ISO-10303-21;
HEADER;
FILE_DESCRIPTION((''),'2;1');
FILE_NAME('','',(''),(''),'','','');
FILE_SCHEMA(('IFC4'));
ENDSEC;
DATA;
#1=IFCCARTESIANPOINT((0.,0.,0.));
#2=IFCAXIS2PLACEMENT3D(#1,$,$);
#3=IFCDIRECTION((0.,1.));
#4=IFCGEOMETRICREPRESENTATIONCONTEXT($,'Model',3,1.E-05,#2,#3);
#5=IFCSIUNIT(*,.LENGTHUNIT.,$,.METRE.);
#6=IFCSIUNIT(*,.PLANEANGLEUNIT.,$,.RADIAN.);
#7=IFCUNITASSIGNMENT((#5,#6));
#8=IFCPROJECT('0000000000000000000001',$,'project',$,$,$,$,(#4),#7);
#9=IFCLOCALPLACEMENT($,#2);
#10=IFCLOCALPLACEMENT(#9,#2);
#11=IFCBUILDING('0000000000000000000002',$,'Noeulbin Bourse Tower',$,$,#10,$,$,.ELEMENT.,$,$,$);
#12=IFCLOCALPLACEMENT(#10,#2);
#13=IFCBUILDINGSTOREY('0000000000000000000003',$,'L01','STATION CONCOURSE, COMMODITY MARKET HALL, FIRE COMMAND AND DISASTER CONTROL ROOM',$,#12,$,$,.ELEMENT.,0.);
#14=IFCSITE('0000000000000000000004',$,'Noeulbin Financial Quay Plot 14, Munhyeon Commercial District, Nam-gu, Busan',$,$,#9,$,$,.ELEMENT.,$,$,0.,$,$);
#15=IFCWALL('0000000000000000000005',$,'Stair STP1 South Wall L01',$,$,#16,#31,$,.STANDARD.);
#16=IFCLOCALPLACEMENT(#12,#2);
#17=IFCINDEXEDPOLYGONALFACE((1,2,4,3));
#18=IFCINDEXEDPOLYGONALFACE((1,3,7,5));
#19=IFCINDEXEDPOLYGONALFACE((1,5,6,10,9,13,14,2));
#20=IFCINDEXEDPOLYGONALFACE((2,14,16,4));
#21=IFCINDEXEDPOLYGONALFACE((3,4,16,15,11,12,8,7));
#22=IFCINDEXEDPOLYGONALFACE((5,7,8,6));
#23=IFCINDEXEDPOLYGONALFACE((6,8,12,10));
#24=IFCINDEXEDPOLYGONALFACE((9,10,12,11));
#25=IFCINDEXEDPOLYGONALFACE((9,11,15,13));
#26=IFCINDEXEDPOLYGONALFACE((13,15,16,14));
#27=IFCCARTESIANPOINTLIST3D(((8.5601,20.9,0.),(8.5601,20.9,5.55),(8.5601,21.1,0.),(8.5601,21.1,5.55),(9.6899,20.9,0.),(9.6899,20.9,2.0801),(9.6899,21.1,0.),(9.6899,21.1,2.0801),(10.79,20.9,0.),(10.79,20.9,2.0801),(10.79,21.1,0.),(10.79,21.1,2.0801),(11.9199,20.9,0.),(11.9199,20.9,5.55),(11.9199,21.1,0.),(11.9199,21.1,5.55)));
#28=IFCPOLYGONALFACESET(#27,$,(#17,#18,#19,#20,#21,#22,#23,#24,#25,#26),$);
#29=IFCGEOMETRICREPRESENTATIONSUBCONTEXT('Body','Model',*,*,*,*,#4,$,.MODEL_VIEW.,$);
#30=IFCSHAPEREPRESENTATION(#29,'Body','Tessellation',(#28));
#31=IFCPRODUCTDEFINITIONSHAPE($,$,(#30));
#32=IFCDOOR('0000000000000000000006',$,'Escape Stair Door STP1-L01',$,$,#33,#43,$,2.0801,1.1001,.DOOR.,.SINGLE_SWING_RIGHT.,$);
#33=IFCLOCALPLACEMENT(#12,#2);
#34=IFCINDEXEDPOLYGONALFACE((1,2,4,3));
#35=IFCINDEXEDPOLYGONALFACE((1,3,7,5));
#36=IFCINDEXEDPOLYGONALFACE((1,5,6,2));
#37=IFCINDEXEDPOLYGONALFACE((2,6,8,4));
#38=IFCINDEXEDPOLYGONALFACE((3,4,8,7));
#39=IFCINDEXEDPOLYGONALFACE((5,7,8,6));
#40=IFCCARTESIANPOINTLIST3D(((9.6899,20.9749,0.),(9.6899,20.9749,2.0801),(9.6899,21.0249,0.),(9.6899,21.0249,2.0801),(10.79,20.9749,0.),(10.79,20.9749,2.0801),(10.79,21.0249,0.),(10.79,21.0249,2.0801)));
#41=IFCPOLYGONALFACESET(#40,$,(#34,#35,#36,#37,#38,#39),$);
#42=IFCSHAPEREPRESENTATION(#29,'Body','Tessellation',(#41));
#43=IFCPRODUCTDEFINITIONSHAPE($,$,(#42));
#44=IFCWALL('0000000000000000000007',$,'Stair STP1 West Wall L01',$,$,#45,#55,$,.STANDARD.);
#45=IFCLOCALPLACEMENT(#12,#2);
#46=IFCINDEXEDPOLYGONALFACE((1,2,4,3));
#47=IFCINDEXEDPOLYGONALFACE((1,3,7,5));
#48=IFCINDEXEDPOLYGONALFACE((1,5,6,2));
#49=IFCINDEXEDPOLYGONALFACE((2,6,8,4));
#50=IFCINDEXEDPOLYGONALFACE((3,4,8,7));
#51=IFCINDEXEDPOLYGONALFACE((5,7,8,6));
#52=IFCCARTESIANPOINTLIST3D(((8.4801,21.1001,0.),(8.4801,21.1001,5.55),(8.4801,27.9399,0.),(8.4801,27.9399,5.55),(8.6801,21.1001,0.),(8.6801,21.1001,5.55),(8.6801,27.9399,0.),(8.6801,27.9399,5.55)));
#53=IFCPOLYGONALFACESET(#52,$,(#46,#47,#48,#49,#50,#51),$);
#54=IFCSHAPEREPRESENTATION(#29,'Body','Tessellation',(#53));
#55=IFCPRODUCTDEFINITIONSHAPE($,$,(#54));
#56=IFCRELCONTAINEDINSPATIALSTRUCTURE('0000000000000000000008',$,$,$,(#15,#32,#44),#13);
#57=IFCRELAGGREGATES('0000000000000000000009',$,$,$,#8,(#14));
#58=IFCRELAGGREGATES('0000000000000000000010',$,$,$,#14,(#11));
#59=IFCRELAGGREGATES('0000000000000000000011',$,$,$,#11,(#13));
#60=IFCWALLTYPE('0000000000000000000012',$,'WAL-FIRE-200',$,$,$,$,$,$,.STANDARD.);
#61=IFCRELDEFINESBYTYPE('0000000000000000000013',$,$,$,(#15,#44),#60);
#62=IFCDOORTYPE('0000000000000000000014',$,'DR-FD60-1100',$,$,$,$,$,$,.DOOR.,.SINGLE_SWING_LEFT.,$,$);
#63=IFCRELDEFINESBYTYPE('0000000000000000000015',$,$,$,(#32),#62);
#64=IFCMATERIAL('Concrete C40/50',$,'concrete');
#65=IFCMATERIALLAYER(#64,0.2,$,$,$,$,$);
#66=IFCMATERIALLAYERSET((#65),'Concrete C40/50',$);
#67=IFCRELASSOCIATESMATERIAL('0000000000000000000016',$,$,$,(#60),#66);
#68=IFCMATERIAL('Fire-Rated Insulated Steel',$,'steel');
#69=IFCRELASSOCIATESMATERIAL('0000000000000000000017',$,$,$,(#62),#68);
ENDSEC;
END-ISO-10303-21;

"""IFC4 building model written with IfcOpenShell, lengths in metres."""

from ifc_helpers import new_model, si_unit, direction, frame, frame_2d, origin, place, context, subcontext, project, spatial, rectangle, extrude, material, layer, layer_set, type_object, element, fill, save


model = new_model("IFC4")

# Units and contexts
model_context = context("Model", 3, precision=1e-05, world=origin(), true_north=direction((0.0, 1.0)))
body_context = subcontext(model_context, "Body", "Model", "MODEL_VIEW")
ifc_project = project(units=[si_unit("LENGTHUNIT", "METRE"), si_unit("PLANEANGLEUNIT", "RADIAN")], contexts=[model_context])

# Site, building, storey
site_placement = place(None, origin())
site = spatial("IfcSite", under=ifc_project, at=site_placement, Name="Noeulbin Financial Quay Plot 14, Munhyeon Commercial District, Nam-gu, Busan", CompositionType="ELEMENT", RefElevation=0.0)
building_placement = place(site_placement, origin())
building = spatial("IfcBuilding", under=site, at=building_placement, Name="Noeulbin Bourse Tower", CompositionType="ELEMENT")
storey_placement = place(building_placement, origin())
storey = spatial("IfcBuildingStorey", under=building, at=storey_placement, Name="L01", Description="STATION CONCOURSE, COMMODITY MARKET HALL, FIRE COMMAND AND DISASTER CONTROL ROOM", CompositionType="ELEMENT", Elevation=0.0)

# Wall, opening, door
ifc_material_1 = material(Name="Concrete C40/50", Category="concrete")
ifc_layer = layer(ifc_material_1, 0.2)
ifc_layer_set = layer_set([ifc_layer], Name="Concrete C40/50")
wall_type = type_object("IfcWallType", Name="WAL-FIRE-200", PredefinedType="STANDARD", material=ifc_layer_set)
wall_1_placement = place(storey_placement, frame((8.5601, 21.0, 0.0), z_axis=(0.0, 0.0, 1.0), x_axis=(1.0, 0.0, 0.0)))
wall_1 = element("IfcWall", 1, at=wall_1_placement, inside=storey, type_object=wall_type, Name="Stair STP1 South Wall L01", PredefinedType="STANDARD", context=body_context, shape_type="SweptSolid", body=[
    extrude(rectangle(XDim=3.3599, YDim=0.2, at=frame_2d((1.6799, 0.0))), origin(), (0.0, 0.0, 1.0), 5.55),
])
opening_placement = place(wall_1_placement, frame((1.1299, 0.0, 0.0)))
opening = element("IfcOpeningElement", 2, at=opening_placement, cuts=wall_1, PredefinedType="OPENING", context=body_context, shape_type="SweptSolid", body=[
    extrude(rectangle(XDim=1.1001, YDim=2.0801, at=frame_2d((0.55, 1.04))), frame((0.0, 0.1099, 0.0), z_axis=(0.0, -1.0, 0.0), x_axis=(1.0, 0.0, 0.0)), (0.0, 0.0, 1.0), 0.22),
])
ifc_material_2 = material(Name="Fire-Rated Insulated Steel", Category="steel")
door_type = type_object("IfcDoorType", Name="DR-FD60-1100", OperationType="SINGLE_SWING_LEFT", PredefinedType="DOOR", material=ifc_material_2)
door_placement = place(opening_placement, origin())
door = element("IfcDoor", 3, at=door_placement, inside=storey, type_object=door_type, Name="Escape Stair Door STP1-L01", OperationType="SINGLE_SWING_RIGHT", OverallHeight=2.0801, OverallWidth=1.1001, PredefinedType="DOOR", context=body_context, shape_type="SweptSolid", body=[
    extrude(rectangle(XDim=1.1001, YDim=2.0801, at=frame_2d((0.55, 1.04))), frame((0.0, 0.0249, 0.0), z_axis=(0.0, -1.0, 0.0), x_axis=(1.0, 0.0, 0.0)), (0.0, 0.0, 1.0), 0.05),
])
fill(opening, door)

# Wall
wall_2_placement = place(storey_placement, frame((8.5801, 21.1001, 0.0), z_axis=(0.0, 0.0, 1.0), x_axis=(0.0, 1.0, 0.0)))
element("IfcWall", 4, at=wall_2_placement, inside=storey, type_object=wall_type, Name="Stair STP1 West Wall L01", PredefinedType="STANDARD", context=body_context, shape_type="SweptSolid", body=[
    extrude(rectangle(XDim=6.8398, YDim=0.2, at=frame_2d((3.4199, 0.0))), origin(), (0.0, 0.0, 1.0), 5.55),
])

save(model, "model.ifc")
